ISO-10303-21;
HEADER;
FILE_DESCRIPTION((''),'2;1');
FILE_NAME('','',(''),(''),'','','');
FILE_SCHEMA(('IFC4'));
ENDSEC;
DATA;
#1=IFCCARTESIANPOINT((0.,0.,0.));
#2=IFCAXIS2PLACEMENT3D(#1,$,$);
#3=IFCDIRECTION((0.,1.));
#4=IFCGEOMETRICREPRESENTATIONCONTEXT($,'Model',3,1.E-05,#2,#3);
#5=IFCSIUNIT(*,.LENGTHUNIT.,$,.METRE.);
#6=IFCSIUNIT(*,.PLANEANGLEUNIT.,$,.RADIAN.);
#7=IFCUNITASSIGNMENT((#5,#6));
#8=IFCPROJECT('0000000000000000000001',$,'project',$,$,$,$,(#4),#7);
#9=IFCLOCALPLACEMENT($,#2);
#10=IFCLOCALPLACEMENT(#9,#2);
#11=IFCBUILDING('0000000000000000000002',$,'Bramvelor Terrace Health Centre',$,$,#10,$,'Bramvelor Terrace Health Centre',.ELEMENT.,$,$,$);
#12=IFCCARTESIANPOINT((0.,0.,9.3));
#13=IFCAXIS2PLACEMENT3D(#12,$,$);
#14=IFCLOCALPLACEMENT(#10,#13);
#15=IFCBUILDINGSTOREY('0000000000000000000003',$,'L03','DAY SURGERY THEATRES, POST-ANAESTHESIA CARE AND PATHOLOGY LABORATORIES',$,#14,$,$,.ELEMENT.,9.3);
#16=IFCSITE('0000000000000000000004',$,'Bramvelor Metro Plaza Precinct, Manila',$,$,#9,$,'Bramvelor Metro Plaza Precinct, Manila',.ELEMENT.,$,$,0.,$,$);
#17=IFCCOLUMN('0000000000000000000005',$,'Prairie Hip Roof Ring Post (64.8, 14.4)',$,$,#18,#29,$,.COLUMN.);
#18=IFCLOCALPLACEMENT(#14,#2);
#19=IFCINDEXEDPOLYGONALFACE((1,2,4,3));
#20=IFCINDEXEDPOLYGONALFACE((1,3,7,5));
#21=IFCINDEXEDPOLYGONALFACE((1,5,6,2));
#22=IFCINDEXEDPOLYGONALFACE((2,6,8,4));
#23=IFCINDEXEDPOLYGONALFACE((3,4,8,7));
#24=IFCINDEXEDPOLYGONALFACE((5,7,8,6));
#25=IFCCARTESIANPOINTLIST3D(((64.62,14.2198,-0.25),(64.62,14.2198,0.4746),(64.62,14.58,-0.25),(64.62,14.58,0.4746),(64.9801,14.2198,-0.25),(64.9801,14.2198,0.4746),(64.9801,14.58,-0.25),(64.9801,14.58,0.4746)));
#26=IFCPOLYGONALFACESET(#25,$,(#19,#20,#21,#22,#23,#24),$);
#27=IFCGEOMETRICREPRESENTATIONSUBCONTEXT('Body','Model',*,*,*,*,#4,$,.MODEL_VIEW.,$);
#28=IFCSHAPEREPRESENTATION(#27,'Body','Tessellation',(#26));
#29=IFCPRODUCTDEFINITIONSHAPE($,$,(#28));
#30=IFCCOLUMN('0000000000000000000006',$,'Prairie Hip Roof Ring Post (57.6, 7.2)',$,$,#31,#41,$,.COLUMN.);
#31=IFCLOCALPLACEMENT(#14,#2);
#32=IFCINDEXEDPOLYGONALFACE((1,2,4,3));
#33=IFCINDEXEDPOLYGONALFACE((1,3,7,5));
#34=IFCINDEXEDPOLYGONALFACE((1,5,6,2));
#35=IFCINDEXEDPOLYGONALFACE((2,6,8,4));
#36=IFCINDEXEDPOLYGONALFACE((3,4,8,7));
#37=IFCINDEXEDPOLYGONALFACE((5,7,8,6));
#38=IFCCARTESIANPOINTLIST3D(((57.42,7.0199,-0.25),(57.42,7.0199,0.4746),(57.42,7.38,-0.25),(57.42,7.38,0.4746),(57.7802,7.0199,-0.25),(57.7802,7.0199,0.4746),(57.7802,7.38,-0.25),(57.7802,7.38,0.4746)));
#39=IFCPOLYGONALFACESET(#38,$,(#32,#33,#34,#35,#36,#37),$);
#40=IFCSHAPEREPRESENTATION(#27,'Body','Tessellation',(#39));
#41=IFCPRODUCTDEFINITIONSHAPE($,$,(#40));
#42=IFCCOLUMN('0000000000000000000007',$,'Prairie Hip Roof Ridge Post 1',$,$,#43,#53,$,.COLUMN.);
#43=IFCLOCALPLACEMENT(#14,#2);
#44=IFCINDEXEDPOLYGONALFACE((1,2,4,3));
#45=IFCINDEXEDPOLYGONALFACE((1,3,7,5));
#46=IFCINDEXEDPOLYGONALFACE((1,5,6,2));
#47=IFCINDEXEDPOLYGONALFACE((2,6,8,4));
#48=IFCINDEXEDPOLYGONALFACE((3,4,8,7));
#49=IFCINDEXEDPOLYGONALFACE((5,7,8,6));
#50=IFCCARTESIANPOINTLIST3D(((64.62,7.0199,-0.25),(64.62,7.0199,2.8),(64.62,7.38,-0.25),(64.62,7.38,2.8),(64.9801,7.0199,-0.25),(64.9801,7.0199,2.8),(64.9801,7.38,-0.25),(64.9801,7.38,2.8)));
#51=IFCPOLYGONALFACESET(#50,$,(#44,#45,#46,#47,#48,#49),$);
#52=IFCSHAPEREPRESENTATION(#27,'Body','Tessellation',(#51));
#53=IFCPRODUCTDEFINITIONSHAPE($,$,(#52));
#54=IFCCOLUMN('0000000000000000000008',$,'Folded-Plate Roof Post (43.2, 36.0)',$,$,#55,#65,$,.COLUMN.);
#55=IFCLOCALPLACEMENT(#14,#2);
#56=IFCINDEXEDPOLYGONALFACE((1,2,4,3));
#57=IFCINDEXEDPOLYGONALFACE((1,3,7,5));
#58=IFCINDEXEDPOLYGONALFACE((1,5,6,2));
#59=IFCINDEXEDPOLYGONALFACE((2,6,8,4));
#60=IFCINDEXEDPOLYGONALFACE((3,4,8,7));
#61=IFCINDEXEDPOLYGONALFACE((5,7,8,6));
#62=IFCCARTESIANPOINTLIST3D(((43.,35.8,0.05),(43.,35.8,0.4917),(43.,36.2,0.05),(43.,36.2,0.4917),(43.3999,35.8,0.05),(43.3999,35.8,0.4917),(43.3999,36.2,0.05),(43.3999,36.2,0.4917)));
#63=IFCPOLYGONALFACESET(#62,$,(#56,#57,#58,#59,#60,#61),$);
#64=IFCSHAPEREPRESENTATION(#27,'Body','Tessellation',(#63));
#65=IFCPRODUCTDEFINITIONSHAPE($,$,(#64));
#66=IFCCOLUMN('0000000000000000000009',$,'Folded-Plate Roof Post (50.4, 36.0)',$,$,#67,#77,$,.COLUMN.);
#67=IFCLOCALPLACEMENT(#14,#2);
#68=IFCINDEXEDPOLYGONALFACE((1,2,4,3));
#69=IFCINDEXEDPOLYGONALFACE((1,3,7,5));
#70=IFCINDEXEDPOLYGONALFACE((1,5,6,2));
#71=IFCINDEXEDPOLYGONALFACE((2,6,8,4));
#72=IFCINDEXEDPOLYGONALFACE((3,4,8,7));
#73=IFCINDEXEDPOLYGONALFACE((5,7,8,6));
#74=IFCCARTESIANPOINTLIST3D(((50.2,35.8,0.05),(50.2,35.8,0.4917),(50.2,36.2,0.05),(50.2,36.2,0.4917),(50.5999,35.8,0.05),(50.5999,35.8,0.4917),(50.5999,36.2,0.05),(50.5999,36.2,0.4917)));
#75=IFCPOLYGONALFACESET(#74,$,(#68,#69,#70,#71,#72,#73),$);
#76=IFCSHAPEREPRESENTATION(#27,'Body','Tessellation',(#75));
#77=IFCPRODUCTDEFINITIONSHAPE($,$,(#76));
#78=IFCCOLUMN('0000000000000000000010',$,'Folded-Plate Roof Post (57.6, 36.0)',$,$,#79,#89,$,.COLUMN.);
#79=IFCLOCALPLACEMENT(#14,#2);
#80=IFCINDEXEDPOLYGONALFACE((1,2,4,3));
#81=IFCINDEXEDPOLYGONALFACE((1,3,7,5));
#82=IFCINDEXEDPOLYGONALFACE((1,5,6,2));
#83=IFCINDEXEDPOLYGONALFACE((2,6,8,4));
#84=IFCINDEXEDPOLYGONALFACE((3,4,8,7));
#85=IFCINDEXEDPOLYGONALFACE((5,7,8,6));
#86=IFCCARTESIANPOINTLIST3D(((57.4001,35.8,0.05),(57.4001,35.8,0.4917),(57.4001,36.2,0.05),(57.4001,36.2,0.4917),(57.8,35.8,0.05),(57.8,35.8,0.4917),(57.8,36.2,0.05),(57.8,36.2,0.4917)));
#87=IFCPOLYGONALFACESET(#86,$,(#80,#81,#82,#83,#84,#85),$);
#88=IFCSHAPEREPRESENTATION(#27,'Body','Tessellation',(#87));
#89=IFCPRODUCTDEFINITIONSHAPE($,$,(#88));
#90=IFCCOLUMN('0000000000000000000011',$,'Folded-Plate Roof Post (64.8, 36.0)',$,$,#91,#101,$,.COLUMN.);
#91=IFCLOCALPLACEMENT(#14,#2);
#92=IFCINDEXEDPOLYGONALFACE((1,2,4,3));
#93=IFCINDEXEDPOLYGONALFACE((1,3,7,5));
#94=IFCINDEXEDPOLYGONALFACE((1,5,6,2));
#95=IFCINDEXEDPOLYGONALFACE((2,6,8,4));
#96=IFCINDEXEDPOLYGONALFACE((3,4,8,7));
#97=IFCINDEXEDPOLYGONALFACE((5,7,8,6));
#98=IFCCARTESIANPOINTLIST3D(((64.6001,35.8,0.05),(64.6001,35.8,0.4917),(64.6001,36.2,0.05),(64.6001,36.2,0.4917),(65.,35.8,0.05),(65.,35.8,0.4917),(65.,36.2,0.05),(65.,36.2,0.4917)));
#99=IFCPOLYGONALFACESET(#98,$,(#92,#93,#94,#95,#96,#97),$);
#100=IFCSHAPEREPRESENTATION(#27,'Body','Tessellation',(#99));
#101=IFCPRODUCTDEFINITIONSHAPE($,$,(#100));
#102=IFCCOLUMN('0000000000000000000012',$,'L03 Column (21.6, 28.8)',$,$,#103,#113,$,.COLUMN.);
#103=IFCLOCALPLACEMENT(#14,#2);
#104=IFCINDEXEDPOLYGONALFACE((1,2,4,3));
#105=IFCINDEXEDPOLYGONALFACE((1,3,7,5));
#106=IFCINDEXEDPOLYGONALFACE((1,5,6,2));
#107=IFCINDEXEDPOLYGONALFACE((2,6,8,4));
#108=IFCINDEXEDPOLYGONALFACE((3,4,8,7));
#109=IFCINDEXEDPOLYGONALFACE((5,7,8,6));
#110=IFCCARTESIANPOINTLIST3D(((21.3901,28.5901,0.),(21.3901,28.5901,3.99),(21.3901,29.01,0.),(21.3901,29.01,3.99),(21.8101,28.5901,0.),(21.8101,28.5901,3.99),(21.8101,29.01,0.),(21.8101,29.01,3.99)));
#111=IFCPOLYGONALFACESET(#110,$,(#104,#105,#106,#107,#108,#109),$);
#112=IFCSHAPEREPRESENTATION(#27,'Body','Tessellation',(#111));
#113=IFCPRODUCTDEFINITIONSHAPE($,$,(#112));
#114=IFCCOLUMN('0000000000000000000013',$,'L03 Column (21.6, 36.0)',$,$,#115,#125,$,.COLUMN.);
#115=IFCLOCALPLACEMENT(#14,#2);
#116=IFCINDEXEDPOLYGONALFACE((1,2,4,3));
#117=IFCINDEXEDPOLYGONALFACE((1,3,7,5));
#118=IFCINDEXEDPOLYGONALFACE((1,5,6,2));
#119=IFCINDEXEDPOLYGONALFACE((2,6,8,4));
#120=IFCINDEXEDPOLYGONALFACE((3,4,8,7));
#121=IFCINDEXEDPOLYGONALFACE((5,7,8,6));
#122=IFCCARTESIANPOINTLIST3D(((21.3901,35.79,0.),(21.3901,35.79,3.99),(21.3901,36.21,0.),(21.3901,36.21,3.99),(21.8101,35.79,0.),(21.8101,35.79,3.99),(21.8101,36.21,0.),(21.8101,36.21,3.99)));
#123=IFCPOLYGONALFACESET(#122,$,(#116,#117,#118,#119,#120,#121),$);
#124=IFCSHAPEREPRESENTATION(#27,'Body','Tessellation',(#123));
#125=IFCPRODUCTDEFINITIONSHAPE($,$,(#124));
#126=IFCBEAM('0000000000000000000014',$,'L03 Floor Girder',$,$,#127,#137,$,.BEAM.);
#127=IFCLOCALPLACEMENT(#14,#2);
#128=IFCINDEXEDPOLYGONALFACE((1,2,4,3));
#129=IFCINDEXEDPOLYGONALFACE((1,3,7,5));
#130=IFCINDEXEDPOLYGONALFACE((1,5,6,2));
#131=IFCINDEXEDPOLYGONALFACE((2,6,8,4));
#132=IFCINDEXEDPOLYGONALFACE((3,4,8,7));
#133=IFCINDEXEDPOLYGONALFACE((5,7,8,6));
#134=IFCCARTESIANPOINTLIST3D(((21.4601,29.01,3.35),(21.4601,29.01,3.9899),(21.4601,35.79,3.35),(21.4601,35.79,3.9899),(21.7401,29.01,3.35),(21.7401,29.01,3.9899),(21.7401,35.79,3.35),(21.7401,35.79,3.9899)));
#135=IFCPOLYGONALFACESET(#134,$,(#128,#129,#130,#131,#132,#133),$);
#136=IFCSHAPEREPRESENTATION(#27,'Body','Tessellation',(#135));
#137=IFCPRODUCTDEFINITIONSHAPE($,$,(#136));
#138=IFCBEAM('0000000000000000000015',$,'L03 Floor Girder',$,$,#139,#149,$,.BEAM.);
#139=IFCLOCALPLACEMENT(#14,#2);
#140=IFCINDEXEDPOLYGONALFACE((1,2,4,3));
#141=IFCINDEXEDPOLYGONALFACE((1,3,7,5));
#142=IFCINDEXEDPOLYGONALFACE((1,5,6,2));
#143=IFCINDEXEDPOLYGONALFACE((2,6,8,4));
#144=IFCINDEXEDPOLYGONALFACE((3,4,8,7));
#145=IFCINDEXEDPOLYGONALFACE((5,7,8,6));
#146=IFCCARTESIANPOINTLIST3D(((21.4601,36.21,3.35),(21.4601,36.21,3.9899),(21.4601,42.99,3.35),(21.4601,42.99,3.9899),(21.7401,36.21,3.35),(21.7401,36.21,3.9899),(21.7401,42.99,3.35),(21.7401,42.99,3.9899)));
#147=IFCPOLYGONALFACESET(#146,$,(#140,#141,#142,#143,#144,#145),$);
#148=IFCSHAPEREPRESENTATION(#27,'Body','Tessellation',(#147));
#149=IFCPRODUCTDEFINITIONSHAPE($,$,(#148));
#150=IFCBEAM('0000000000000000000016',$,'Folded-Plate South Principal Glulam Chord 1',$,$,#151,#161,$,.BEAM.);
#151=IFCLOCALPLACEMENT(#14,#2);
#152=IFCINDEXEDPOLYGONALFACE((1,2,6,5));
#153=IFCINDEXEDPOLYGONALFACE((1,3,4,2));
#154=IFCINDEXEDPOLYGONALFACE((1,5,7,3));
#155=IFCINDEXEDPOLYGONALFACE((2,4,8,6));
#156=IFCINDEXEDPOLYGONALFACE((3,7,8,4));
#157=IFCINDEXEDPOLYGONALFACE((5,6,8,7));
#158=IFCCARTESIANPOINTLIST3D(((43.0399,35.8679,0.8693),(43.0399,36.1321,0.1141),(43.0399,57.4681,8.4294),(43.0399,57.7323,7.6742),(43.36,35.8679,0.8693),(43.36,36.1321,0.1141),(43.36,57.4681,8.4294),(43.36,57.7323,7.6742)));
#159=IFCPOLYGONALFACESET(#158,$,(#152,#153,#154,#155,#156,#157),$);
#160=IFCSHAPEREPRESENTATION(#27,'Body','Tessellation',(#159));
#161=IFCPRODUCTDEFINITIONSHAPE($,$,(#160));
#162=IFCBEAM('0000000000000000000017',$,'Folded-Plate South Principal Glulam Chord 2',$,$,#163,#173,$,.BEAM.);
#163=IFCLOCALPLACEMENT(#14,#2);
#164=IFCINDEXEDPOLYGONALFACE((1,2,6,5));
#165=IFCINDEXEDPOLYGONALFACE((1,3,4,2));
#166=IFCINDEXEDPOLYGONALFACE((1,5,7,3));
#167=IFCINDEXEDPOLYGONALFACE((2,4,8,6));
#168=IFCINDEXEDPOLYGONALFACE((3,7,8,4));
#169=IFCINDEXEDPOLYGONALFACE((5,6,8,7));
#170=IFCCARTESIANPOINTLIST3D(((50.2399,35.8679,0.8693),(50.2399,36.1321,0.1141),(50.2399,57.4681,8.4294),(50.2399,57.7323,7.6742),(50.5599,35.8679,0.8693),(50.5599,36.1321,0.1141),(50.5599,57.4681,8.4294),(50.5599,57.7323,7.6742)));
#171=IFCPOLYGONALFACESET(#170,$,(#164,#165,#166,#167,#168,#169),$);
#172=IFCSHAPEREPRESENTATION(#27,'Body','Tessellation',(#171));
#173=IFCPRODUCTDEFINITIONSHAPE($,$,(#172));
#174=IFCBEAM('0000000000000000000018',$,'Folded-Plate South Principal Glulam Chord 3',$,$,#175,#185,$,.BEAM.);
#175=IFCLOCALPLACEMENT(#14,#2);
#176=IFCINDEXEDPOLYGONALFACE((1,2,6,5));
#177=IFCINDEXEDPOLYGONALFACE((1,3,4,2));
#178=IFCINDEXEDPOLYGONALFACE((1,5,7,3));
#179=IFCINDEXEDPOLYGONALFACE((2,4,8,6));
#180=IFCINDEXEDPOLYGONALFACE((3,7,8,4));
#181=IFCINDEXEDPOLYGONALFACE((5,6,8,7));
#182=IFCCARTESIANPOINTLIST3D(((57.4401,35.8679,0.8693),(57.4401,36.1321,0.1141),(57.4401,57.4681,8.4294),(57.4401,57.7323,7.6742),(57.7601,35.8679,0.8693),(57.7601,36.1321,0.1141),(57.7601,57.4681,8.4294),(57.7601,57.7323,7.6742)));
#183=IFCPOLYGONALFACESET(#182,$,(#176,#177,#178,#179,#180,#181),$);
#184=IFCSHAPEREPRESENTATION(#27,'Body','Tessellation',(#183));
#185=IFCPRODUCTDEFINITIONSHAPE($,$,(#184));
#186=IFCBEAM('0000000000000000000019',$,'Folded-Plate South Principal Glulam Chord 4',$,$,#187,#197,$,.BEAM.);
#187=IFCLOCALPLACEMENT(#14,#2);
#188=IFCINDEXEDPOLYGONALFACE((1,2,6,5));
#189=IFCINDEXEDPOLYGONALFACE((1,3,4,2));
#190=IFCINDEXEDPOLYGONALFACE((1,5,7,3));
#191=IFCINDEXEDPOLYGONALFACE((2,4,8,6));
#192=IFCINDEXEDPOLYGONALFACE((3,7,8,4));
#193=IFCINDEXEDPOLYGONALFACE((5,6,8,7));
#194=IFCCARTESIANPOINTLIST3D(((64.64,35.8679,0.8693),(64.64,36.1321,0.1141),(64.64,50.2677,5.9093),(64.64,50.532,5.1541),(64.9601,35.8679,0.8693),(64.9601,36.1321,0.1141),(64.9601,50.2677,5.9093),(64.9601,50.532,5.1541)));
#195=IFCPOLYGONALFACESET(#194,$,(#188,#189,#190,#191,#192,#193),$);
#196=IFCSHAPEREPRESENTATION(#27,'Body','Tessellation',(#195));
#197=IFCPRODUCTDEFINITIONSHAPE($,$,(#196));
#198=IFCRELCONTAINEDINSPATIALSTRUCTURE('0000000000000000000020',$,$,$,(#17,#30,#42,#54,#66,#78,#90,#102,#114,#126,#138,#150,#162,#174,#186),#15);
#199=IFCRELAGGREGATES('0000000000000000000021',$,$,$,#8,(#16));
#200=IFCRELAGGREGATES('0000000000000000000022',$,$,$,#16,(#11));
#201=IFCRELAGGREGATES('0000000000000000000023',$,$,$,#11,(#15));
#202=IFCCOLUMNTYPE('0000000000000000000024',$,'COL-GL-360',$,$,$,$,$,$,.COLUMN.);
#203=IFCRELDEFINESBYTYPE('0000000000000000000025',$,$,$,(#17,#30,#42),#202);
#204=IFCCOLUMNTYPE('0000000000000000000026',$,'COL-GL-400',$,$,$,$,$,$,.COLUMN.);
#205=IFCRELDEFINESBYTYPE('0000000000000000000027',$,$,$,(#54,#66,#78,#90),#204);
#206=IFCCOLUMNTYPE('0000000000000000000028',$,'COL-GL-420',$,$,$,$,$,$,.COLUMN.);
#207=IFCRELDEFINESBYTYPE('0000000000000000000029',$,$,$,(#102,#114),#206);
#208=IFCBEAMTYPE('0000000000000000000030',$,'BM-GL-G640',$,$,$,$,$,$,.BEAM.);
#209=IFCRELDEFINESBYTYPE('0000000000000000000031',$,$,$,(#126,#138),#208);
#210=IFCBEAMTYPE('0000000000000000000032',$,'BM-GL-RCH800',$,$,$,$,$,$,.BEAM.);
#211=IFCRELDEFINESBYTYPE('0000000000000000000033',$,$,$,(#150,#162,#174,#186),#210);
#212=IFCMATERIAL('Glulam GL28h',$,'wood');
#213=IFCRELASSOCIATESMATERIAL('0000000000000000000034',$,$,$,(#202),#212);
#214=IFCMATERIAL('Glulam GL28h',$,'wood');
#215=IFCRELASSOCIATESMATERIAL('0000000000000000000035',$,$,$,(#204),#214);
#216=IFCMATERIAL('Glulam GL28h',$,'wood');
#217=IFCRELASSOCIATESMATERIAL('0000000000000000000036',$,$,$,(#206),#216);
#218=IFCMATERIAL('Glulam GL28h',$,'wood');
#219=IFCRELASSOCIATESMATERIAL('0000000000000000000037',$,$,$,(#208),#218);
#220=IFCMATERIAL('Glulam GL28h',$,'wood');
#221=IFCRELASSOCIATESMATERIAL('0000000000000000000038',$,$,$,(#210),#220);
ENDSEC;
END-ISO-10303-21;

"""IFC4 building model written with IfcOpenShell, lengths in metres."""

from ifc_helpers import new_model, si_unit, direction, frame, origin, origin_2d, place, context, subcontext, project, spatial, rectangle, extrude, material, material_profile, profile_set, type_object, element, save


model = new_model("IFC4")

# Units and contexts
model_context = context("Model", 3, precision=1e-05, world=origin(), true_north=direction((0.0, 1.0)))
body_context = subcontext(model_context, "Body", "Model", "MODEL_VIEW")
ifc_project = project(units=[si_unit("LENGTHUNIT", "METRE"), si_unit("PLANEANGLEUNIT", "RADIAN")], contexts=[model_context])

# Site, building, storey
site_placement = place(None, origin())
site = spatial("IfcSite", under=ifc_project, at=site_placement, Name="Bramvelor Metro Plaza Precinct, Manila", LongName="Bramvelor Metro Plaza Precinct, Manila", CompositionType="ELEMENT", RefElevation=0.0)
building_placement = place(site_placement, origin())
building = spatial("IfcBuilding", under=site, at=building_placement, Name="Bramvelor Terrace Health Centre", LongName="Bramvelor Terrace Health Centre", CompositionType="ELEMENT")
storey_placement = place(building_placement, frame((0.0, 0.0, 9.3)))
storey = spatial("IfcBuildingStorey", under=building, at=storey_placement, Name="L03", Description="DAY SURGERY THEATRES, POST-ANAESTHESIA CARE AND PATHOLOGY LABORATORIES", CompositionType="ELEMENT", Elevation=9.3)

# Columns
ifc_material_1 = material(Name="Glulam GL28h", Category="wood")
ifc_material_profile_1 = material_profile(ifc_material_1, rectangle(XDim=0.3601, YDim=0.3601, at=origin_2d()), Name="GL 360x360")
ifc_profile_set_1 = profile_set([ifc_material_profile_1], Name="Glulam GL28h")
column_type_1 = type_object("IfcColumnType", Name="COL-GL-360", PredefinedType="COLUMN", material=ifc_profile_set_1)
for number, where, z_axis, x_axis, name in (
    (1, (64.8, 14.3999, -0.25), (0.0, 0.0, 1.0), (1.0, 0.0, 0.0), "Prairie Hip Roof Ring Post (64.8, 14.4)"),
    (2, (57.6001, 7.2, -0.25), (0.0, 0.0, 1.0), (1.0, 0.0, 0.0), "Prairie Hip Roof Ring Post (57.6, 7.2)"),
):
    element("IfcColumn", number, at=place(storey_placement, frame(where, z_axis=z_axis, x_axis=x_axis)), inside=storey, type_object=column_type_1, Name=name, PredefinedType="COLUMN", context=body_context, shape_type="SweptSolid", body=[
        extrude(rectangle(XDim=0.3601, YDim=0.3601, at=origin_2d()), origin(), (0.0, 0.0, 1.0), 0.7246),
    ])
column_placement = place(storey_placement, frame((64.8, 7.2, -0.25), z_axis=(0.0, 0.0, 1.0), x_axis=(1.0, 0.0, 0.0)))
element("IfcColumn", 3, at=column_placement, inside=storey, type_object=column_type_1, Name="Prairie Hip Roof Ridge Post 1", PredefinedType="COLUMN", context=body_context, shape_type="SweptSolid", body=[
    extrude(rectangle(XDim=0.3601, YDim=0.3601, at=origin_2d()), origin(), (0.0, 0.0, 1.0), 3.05),
])
ifc_material_2 = material(Name="Glulam GL28h", Category="wood")
ifc_material_profile_2 = material_profile(ifc_material_2, rectangle(XDim=0.3999, YDim=0.3999, at=origin_2d()), Name="GL 400x400")
ifc_profile_set_2 = profile_set([ifc_material_profile_2], Name="Glulam GL28h")
column_type_2 = type_object("IfcColumnType", Name="COL-GL-400", PredefinedType="COLUMN", material=ifc_profile_set_2)
for number, where, z_axis, x_axis, name in (
    (4, (43.2, 36.0, 0.05), (0.0, 0.0, 1.0), (1.0, 0.0, 0.0), "Folded-Plate Roof Post (43.2, 36.0)"),
    (5, (50.3999, 36.0, 0.05), (0.0, 0.0, 1.0), (1.0, 0.0, 0.0), "Folded-Plate Roof Post (50.4, 36.0)"),
    (6, (57.6001, 36.0, 0.05), (0.0, 0.0, 1.0), (1.0, 0.0, 0.0), "Folded-Plate Roof Post (57.6, 36.0)"),
    (7, (64.8, 36.0, 0.05), (0.0, 0.0, 1.0), (1.0, 0.0, 0.0), "Folded-Plate Roof Post (64.8, 36.0)"),
):
    element("IfcColumn", number, at=place(storey_placement, frame(where, z_axis=z_axis, x_axis=x_axis)), inside=storey, type_object=column_type_2, Name=name, PredefinedType="COLUMN", context=body_context, shape_type="SweptSolid", body=[
        extrude(rectangle(XDim=0.3999, YDim=0.3999, at=origin_2d()), origin(), (0.0, 0.0, 1.0), 0.4417),
    ])
ifc_material_3 = material(Name="Glulam GL28h", Category="wood")
ifc_material_profile_3 = material_profile(ifc_material_3, rectangle(XDim=0.4199, YDim=0.4199, at=origin_2d()), Name="GL 420x420")
ifc_profile_set_3 = profile_set([ifc_material_profile_3], Name="Glulam GL28h")
column_type_3 = type_object("IfcColumnType", Name="COL-GL-420", PredefinedType="COLUMN", material=ifc_profile_set_3)
for number, where, z_axis, x_axis, name in (
    (8, (21.6001, 28.8, 0.0), (0.0, 0.0, 1.0), (1.0, 0.0, 0.0), "L03 Column (21.6, 28.8)"),
    (9, (21.6001, 36.0, 0.0), (0.0, 0.0, 1.0), (1.0, 0.0, 0.0), "L03 Column (21.6, 36.0)"),
):
    element("IfcColumn", number, at=place(storey_placement, frame(where, z_axis=z_axis, x_axis=x_axis)), inside=storey, type_object=column_type_3, Name=name, PredefinedType="COLUMN", context=body_context, shape_type="SweptSolid", body=[
        extrude(rectangle(XDim=0.4199, YDim=0.4199, at=origin_2d()), origin(), (0.0, 0.0, 1.0), 3.99),
    ])

# Beams
ifc_material_4 = material(Name="Glulam GL28h", Category="wood")
ifc_material_profile_4 = material_profile(ifc_material_4, rectangle(XDim=0.28, YDim=0.6399, at=origin_2d()), Name="GL 280x640")
ifc_profile_set_4 = profile_set([ifc_material_profile_4], Name="Glulam GL28h")
beam_type_1 = type_object("IfcBeamType", Name="BM-GL-G640", PredefinedType="BEAM", material=ifc_profile_set_4)
for number, where, z_axis, x_axis, name in (
    (10, (21.6001, 29.01, 3.6699), (0.0, 1.0, 0.0), (-1.0, 0.0, 0.0), "L03 Floor Girder"),
    (11, (21.6001, 36.21, 3.6699), (0.0, 1.0, 0.0), (-1.0, 0.0, 0.0), "L03 Floor Girder"),
):
    element("IfcBeam", number, at=place(storey_placement, frame(where, z_axis=z_axis, x_axis=x_axis)), inside=storey, type_object=beam_type_1, Name=name, PredefinedType="BEAM", context=body_context, shape_type="SweptSolid", body=[
        extrude(rectangle(XDim=0.28, YDim=0.6399, at=origin_2d()), origin(), (0.0, 0.0, 1.0), 6.78),
    ])
ifc_material_5 = material(Name="Glulam GL28h", Category="wood")
ifc_material_profile_5 = material_profile(ifc_material_5, rectangle(XDim=0.3201, YDim=0.8, at=origin_2d()), Name="GL 320x800")
ifc_profile_set_5 = profile_set([ifc_material_profile_5], Name="Glulam GL28h")
beam_type_2 = type_object("IfcBeamType", Name="BM-GL-RCH800", PredefinedType="BEAM", material=ifc_profile_set_5)
for number, where, z_axis, x_axis, name in (
    (12, (43.2, 36.0, 0.4917), (0.0, 0.943858, 0.330351), (-1.0, 0.0, 0.0), "Folded-Plate South Principal Glulam Chord 1"),
    (13, (50.3999, 36.0, 0.4917), (0.0, 0.943858, 0.330351), (-1.0, 0.0, 0.0), "Folded-Plate South Principal Glulam Chord 2"),
    (14, (57.6001, 36.0, 0.4917), (0.0, 0.943858, 0.330351), (-1.0, 0.0, 0.0), "Folded-Plate South Principal Glulam Chord 3"),
):
    element("IfcBeam", number, at=place(storey_placement, frame(where, z_axis=z_axis, x_axis=x_axis)), inside=storey, type_object=beam_type_2, Name=name, PredefinedType="BEAM", context=body_context, shape_type="SweptSolid", body=[
        extrude(rectangle(XDim=0.3201, YDim=0.8, at=origin_2d()), origin(), (0.0, 0.0, 1.0), 22.885),
    ])
beam_placement = place(storey_placement, frame((64.8, 36.0, 0.4917), z_axis=(0.0, 0.943857, 0.330355), x_axis=(-1.0, 0.0, 0.0)))
element("IfcBeam", 15, at=beam_placement, inside=storey, type_object=beam_type_2, Name="Folded-Plate South Principal Glulam Chord 4", PredefinedType="BEAM", context=body_context, shape_type="SweptSolid", body=[
    extrude(rectangle(XDim=0.3201, YDim=0.8, at=origin_2d()), origin(), (0.0, 0.0, 1.0), 15.2563),
])

save(model, "model.ifc")
